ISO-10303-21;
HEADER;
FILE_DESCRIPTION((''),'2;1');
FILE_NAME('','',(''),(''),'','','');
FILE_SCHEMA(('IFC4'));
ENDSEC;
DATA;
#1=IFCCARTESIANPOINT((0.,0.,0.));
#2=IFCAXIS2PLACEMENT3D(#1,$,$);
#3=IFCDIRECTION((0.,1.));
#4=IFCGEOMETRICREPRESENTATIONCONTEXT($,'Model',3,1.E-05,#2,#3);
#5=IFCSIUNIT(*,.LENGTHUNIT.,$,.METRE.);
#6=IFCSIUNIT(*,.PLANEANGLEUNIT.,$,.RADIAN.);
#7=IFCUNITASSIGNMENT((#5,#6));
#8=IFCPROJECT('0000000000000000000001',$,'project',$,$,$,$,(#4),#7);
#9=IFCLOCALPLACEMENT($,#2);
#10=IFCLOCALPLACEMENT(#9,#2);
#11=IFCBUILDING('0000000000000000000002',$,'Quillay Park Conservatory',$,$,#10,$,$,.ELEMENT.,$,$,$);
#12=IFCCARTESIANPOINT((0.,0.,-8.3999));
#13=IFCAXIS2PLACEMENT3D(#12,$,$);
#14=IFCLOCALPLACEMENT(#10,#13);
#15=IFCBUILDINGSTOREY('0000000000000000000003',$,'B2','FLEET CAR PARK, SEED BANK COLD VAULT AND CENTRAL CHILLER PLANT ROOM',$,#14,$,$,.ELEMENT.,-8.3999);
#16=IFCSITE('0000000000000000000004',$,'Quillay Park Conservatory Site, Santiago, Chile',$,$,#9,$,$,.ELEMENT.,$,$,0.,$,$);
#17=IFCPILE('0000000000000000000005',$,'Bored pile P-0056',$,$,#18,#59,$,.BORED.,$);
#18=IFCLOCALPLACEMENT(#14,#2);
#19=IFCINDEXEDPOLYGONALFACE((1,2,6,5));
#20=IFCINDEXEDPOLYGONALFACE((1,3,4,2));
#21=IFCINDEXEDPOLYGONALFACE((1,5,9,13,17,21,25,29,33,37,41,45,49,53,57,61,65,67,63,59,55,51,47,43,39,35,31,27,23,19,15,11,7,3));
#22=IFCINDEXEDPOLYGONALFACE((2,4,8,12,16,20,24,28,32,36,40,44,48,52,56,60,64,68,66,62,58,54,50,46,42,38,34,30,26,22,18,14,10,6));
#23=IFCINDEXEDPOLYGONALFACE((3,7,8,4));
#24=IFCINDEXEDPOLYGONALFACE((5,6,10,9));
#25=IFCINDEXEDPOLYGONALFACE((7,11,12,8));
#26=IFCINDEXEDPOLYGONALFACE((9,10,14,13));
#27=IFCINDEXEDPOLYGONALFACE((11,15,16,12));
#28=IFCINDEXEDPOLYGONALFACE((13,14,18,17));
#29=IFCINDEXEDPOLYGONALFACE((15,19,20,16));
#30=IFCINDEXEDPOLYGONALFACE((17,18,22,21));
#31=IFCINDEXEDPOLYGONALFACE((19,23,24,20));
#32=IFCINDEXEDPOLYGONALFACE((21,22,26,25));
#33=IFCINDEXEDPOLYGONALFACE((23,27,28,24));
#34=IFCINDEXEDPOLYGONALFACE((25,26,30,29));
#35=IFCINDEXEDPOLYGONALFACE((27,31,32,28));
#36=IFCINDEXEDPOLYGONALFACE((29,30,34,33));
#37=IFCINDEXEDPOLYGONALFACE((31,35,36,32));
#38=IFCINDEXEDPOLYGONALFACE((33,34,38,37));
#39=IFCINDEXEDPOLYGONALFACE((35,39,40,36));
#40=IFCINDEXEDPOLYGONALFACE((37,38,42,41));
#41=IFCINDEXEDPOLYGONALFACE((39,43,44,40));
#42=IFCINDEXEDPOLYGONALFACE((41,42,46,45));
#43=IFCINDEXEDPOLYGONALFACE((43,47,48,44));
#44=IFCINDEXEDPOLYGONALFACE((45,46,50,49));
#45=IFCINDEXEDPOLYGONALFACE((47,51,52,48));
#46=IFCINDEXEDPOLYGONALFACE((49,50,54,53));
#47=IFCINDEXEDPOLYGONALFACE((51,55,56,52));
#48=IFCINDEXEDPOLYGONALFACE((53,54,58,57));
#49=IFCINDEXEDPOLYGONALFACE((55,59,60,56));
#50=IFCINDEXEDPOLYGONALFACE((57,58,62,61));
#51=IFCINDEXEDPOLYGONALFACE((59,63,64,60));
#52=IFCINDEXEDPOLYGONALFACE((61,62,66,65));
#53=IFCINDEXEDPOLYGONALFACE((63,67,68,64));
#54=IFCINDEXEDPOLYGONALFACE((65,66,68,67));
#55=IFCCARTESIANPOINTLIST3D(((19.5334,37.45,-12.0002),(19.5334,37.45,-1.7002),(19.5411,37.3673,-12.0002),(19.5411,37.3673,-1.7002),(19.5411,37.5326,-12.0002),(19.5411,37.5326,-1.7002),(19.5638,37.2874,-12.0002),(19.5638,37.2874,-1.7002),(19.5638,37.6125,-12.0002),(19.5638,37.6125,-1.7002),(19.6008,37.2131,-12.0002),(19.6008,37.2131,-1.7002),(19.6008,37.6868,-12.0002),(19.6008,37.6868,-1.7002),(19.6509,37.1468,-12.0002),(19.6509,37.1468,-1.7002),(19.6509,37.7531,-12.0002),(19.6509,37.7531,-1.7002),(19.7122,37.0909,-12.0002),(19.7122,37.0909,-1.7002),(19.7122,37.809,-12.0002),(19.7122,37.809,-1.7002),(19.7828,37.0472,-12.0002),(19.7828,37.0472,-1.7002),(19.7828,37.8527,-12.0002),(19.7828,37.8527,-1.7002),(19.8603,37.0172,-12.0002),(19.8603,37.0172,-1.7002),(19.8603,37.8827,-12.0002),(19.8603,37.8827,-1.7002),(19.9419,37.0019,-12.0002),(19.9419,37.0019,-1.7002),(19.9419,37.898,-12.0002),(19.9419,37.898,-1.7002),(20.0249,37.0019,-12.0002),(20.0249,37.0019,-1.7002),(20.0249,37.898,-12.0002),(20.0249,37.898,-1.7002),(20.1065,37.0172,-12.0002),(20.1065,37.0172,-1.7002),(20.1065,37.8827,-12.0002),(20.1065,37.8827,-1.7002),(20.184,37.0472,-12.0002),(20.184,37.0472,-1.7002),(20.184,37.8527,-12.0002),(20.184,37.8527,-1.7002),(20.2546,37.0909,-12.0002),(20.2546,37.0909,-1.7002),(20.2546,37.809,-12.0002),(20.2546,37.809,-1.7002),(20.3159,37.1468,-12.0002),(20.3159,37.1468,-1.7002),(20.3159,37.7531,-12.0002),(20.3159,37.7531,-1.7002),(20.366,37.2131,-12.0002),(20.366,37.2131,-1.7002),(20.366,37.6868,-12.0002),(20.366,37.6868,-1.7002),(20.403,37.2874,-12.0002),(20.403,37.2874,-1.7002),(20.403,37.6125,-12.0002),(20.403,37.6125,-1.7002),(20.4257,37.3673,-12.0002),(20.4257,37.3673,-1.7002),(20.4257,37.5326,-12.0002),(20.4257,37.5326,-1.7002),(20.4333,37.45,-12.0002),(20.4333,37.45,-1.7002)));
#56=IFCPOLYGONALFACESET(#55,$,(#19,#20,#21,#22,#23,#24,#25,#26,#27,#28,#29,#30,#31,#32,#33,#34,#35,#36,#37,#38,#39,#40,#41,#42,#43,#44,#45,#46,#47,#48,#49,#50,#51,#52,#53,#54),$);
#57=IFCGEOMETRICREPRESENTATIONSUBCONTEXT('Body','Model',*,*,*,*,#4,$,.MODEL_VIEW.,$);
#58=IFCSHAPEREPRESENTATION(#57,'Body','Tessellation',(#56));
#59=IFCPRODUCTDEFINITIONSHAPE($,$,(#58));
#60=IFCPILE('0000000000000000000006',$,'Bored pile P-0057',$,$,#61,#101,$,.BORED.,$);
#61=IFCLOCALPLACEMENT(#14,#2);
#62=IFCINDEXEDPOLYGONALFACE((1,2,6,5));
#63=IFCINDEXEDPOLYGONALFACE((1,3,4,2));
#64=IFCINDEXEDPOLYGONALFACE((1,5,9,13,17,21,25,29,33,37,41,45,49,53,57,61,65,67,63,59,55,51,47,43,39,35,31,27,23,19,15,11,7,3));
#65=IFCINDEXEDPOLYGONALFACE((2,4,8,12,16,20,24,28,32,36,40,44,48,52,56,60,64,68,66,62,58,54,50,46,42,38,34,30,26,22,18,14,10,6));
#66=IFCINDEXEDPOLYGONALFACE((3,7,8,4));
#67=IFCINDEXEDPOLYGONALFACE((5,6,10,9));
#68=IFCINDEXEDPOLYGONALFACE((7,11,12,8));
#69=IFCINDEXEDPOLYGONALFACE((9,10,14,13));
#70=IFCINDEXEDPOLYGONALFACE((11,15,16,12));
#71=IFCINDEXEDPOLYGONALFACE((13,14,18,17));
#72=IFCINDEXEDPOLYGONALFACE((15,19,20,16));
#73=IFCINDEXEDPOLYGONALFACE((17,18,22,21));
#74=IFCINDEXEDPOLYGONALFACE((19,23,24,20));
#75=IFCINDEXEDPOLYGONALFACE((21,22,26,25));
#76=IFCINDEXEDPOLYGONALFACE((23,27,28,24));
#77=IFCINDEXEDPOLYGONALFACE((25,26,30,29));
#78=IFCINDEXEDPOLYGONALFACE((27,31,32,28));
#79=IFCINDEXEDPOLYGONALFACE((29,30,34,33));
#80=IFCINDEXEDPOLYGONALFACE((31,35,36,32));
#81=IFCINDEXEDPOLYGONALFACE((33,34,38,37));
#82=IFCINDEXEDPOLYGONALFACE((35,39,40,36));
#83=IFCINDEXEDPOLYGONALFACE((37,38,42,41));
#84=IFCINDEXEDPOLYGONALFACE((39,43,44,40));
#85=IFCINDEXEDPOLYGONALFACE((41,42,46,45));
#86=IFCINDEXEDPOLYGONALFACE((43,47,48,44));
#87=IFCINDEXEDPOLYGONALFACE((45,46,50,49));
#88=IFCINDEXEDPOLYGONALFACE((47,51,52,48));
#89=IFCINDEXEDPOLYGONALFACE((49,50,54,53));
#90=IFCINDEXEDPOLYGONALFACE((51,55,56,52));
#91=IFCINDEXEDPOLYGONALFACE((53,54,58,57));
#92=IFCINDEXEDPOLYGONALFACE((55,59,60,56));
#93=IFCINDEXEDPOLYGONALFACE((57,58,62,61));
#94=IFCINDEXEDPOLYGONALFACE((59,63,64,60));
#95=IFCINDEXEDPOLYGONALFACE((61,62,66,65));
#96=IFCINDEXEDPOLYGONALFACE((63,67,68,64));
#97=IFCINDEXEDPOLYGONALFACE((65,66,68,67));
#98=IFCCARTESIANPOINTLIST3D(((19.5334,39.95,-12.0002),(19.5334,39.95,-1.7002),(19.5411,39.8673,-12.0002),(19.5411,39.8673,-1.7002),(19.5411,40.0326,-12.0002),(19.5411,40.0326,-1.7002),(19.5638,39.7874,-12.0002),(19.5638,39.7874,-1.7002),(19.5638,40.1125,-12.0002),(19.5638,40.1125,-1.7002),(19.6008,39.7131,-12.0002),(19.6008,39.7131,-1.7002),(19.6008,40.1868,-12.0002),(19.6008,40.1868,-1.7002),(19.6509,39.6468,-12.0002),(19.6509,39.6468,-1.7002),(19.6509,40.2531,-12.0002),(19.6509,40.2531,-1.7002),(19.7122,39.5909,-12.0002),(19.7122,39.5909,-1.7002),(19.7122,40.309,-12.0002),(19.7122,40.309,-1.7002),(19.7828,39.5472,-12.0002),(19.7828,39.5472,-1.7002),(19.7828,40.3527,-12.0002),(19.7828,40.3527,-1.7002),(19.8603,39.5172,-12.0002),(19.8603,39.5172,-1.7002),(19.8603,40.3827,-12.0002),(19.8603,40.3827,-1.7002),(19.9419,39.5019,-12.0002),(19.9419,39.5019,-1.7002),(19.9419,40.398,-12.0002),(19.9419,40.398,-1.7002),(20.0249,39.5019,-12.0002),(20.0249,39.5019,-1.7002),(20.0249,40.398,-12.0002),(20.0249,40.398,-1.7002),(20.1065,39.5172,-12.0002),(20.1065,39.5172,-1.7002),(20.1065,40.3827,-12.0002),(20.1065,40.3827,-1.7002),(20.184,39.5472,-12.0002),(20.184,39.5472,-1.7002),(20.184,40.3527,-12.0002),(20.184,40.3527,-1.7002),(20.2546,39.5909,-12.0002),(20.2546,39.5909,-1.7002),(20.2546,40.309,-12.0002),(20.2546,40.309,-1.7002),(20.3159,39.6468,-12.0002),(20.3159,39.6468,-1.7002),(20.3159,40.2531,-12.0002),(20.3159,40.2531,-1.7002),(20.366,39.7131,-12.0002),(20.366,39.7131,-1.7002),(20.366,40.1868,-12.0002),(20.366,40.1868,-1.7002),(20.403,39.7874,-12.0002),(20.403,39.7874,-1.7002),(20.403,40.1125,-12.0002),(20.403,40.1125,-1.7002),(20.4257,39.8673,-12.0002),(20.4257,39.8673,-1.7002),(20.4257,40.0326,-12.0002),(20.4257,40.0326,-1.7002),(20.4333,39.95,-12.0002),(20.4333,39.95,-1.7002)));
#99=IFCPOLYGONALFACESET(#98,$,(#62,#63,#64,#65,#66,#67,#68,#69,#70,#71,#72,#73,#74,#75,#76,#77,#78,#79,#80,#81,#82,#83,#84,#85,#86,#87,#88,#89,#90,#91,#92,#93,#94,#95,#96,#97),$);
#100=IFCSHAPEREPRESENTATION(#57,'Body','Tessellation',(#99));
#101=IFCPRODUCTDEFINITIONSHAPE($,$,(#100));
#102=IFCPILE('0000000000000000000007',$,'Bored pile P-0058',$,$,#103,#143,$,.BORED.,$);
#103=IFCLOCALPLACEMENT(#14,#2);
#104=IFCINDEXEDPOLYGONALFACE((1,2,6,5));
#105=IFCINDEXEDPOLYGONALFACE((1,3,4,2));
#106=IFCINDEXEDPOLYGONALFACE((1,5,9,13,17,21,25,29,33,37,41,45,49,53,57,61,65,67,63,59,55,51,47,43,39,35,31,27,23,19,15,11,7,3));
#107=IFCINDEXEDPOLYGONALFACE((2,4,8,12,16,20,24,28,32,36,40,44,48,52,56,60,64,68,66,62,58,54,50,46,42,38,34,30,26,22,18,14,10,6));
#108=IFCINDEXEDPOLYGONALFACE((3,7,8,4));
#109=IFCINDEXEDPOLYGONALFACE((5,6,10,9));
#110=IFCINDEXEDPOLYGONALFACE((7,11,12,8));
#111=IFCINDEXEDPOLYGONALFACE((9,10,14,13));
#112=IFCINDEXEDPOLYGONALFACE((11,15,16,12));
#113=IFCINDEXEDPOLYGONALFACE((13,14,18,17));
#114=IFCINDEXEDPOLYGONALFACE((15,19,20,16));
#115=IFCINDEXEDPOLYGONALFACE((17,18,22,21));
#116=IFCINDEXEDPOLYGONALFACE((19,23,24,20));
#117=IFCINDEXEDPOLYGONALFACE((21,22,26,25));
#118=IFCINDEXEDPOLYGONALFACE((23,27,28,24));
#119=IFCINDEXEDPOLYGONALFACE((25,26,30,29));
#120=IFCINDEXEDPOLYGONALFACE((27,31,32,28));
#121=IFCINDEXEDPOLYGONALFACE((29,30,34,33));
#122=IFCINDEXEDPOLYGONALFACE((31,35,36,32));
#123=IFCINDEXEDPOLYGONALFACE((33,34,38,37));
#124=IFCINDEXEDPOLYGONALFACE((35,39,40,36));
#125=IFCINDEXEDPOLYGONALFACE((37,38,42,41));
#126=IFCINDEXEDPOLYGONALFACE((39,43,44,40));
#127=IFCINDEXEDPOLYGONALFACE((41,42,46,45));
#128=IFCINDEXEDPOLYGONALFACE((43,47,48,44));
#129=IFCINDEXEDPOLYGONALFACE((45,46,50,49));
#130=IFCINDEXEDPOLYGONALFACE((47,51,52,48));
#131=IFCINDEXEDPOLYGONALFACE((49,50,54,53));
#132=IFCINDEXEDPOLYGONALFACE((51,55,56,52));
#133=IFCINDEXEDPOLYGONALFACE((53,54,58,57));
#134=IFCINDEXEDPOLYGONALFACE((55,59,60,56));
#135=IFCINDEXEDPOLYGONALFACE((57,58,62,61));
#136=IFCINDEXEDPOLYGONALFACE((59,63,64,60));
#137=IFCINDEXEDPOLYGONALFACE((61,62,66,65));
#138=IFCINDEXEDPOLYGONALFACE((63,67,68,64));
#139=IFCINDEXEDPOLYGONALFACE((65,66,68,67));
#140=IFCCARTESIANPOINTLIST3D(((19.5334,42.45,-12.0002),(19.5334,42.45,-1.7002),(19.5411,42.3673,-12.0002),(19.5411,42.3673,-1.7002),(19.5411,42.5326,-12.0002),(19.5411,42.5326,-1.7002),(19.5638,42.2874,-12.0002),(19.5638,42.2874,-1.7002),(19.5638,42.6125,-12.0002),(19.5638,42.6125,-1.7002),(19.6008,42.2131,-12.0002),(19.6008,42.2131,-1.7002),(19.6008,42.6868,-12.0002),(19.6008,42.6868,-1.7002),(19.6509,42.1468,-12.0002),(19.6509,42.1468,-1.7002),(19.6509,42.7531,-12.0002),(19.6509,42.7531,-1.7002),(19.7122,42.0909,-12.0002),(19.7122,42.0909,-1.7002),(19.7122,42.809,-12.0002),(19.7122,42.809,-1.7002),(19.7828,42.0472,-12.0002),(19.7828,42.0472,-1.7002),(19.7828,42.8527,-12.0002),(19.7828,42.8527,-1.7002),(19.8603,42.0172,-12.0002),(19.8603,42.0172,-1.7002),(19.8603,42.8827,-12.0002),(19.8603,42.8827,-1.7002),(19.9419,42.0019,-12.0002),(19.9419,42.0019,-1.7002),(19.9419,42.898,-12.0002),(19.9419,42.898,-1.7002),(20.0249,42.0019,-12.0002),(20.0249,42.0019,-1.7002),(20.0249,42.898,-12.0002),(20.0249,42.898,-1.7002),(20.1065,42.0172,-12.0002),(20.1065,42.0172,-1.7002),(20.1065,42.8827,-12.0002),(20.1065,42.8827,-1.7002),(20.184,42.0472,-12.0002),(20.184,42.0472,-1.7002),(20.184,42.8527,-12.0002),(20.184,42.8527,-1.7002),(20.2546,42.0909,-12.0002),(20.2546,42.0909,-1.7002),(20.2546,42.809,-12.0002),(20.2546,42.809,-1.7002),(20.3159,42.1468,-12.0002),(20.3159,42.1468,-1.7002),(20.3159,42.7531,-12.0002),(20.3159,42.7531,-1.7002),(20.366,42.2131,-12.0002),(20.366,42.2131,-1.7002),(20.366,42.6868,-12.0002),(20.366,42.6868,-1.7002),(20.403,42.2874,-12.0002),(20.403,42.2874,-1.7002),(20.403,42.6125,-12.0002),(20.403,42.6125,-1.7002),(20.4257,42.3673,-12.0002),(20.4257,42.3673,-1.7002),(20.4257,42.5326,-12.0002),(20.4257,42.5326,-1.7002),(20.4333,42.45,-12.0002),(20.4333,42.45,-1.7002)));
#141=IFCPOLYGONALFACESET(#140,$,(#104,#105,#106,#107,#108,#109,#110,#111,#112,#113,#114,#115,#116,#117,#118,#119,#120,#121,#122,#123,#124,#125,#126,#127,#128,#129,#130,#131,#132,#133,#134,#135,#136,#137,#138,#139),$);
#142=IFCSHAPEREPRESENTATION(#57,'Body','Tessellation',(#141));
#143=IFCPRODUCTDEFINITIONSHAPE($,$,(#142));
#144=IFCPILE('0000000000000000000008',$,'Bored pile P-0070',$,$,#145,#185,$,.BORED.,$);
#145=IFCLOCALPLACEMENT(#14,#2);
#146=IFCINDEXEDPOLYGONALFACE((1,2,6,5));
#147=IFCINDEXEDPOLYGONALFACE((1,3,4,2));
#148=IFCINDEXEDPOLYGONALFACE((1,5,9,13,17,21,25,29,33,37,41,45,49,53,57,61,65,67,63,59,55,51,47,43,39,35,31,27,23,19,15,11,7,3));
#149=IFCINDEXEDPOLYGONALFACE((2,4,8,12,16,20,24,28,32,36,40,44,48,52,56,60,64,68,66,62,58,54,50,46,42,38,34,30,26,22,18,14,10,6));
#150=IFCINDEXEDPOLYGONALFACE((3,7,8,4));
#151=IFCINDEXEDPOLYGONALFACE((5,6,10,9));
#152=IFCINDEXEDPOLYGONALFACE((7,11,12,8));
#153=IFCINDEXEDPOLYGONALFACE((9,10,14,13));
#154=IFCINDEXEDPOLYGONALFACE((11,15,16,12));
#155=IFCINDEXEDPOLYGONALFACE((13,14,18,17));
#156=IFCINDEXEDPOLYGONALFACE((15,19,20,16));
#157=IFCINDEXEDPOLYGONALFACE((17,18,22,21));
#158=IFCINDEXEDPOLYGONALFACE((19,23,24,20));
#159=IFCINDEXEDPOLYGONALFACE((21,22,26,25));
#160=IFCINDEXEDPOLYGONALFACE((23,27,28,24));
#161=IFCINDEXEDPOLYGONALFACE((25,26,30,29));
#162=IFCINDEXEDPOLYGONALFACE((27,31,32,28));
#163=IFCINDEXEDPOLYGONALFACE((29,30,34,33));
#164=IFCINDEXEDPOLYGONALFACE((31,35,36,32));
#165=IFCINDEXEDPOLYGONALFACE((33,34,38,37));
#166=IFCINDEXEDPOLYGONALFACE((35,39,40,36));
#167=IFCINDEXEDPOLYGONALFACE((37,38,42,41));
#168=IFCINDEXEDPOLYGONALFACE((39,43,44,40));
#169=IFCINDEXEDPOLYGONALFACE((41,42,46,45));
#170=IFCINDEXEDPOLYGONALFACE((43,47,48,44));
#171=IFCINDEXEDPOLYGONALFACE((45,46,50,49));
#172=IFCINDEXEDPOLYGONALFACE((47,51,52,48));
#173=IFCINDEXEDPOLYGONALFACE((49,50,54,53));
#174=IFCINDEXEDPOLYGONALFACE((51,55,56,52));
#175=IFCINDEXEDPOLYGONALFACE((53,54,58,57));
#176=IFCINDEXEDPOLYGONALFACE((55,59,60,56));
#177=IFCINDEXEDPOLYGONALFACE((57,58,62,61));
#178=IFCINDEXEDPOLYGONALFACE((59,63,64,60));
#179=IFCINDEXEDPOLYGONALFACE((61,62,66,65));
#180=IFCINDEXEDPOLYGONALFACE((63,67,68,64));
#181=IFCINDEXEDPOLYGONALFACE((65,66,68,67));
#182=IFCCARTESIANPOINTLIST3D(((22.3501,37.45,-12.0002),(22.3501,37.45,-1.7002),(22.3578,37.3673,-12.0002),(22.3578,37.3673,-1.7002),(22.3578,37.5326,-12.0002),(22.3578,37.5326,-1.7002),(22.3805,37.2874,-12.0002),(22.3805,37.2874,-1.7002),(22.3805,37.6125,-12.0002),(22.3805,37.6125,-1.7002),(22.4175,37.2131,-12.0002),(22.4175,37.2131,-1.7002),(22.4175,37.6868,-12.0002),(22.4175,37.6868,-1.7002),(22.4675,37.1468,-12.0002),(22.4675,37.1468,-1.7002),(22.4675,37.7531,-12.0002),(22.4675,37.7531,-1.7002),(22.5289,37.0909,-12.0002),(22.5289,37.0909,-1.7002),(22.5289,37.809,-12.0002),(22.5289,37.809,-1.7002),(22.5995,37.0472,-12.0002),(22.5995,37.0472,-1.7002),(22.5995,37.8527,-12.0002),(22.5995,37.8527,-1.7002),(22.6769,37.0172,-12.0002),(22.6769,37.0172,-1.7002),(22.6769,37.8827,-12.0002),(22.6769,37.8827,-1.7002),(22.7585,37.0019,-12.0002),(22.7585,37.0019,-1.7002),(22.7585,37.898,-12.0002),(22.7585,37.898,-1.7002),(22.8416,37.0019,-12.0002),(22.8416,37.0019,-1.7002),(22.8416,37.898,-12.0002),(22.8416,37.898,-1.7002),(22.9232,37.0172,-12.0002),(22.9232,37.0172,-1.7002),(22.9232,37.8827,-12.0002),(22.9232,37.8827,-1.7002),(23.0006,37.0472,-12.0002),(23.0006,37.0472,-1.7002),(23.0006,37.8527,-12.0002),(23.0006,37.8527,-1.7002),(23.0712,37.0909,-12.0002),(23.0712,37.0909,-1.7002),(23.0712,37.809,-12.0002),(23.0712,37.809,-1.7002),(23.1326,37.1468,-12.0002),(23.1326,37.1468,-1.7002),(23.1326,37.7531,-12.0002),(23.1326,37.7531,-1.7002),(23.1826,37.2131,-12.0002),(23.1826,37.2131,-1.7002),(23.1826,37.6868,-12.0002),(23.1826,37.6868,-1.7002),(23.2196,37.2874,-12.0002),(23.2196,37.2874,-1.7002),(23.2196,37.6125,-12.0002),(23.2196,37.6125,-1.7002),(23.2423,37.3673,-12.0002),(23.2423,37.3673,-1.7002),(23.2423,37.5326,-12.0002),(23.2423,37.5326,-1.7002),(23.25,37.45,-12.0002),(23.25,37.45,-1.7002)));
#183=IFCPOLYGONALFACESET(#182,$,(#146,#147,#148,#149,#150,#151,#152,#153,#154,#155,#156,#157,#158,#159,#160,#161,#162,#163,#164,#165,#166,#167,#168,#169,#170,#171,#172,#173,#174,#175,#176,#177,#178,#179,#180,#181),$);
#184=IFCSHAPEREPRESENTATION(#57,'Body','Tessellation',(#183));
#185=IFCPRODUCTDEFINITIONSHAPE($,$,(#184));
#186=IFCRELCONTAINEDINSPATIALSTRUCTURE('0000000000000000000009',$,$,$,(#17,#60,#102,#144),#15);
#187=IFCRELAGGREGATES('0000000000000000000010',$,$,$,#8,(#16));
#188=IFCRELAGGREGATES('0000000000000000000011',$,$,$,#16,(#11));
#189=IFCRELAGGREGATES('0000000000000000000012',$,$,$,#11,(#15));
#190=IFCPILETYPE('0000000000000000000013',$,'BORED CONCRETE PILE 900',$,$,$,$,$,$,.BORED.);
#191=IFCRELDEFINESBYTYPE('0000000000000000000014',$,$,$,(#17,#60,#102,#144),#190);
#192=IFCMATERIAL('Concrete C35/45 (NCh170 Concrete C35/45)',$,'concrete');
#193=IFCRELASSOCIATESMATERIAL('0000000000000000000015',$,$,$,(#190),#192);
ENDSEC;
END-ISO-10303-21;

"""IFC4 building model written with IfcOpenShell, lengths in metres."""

from ifc_helpers import new_model, si_unit, direction, frame, origin, origin_2d, place, context, subcontext, project, spatial, circle, extrude, material, material_profile, profile_set, type_object, element, save


model = new_model("IFC4")

# Units and contexts
model_context = context("Model", 3, precision=1e-05, world=origin(), true_north=direction((0.0, 1.0)))
body_context = subcontext(model_context, "Body", "Model", "MODEL_VIEW")
ifc_project = project(units=[si_unit("LENGTHUNIT", "METRE"), si_unit("PLANEANGLEUNIT", "RADIAN")], contexts=[model_context])

# Site, building, storey
site_placement = place(None, origin())
site = spatial("IfcSite", under=ifc_project, at=site_placement, Name="Quillay Park Conservatory Site, Santiago, Chile", CompositionType="ELEMENT", RefElevation=0.0)
building_placement = place(site_placement, origin())
building = spatial("IfcBuilding", under=site, at=building_placement, Name="Quillay Park Conservatory", CompositionType="ELEMENT")
storey_placement = place(building_placement, frame((0.0, 0.0, -8.3999)))
storey = spatial("IfcBuildingStorey", under=building, at=storey_placement, Name="B2", Description="FLEET CAR PARK, SEED BANK COLD VAULT AND CENTRAL CHILLER PLANT ROOM", CompositionType="ELEMENT", Elevation=-8.3999)

# Piles
ifc_material_1 = material(Name="Concrete C35/45 (NCh170 Concrete C35/45)", Category="concrete")
ifc_material_profile_1 = material_profile(ifc_material_1, circle(Radius=0.45, at=origin_2d()), Name="PILE900")
ifc_profile_set_1 = profile_set([ifc_material_profile_1], Name="Concrete C35/45 (NCh170 Concrete C35/45)")
pile_type = type_object("IfcPileType", Name="BORED CONCRETE PILE 900", PredefinedType="BORED", material=ifc_profile_set_1)
for number, where, z_axis, x_axis, name in (
    (1, (19.9834, 37.45, -1.7002), (0.0, 0.0, -1.0), (1.0, 0.0, 0.0), "Bored pile P-0056"),
    (2, (19.9834, 39.95, -1.7002), (0.0, 0.0, -1.0), (1.0, 0.0, 0.0), "Bored pile P-0057"),
    (3, (19.9834, 42.45, -1.7002), (0.0, 0.0, -1.0), (1.0, 0.0, 0.0), "Bored pile P-0058"),
    (4, (22.8, 37.45, -1.7002), (0.0, 0.0, -1.0), (1.0, 0.0, 0.0), "Bored pile P-0070"),
):
    element("IfcPile", number, at=place(storey_placement, frame(where, z_axis=z_axis, x_axis=x_axis)), inside=storey, type_object=pile_type, Name=name, PredefinedType="BORED", context=body_context, shape_type="SweptSolid", body=[
        extrude(circle(Radius=0.45, at=origin_2d()), origin(), (0.0, 0.0, 1.0), 10.3),
    ])

save(model, "model.ifc")
